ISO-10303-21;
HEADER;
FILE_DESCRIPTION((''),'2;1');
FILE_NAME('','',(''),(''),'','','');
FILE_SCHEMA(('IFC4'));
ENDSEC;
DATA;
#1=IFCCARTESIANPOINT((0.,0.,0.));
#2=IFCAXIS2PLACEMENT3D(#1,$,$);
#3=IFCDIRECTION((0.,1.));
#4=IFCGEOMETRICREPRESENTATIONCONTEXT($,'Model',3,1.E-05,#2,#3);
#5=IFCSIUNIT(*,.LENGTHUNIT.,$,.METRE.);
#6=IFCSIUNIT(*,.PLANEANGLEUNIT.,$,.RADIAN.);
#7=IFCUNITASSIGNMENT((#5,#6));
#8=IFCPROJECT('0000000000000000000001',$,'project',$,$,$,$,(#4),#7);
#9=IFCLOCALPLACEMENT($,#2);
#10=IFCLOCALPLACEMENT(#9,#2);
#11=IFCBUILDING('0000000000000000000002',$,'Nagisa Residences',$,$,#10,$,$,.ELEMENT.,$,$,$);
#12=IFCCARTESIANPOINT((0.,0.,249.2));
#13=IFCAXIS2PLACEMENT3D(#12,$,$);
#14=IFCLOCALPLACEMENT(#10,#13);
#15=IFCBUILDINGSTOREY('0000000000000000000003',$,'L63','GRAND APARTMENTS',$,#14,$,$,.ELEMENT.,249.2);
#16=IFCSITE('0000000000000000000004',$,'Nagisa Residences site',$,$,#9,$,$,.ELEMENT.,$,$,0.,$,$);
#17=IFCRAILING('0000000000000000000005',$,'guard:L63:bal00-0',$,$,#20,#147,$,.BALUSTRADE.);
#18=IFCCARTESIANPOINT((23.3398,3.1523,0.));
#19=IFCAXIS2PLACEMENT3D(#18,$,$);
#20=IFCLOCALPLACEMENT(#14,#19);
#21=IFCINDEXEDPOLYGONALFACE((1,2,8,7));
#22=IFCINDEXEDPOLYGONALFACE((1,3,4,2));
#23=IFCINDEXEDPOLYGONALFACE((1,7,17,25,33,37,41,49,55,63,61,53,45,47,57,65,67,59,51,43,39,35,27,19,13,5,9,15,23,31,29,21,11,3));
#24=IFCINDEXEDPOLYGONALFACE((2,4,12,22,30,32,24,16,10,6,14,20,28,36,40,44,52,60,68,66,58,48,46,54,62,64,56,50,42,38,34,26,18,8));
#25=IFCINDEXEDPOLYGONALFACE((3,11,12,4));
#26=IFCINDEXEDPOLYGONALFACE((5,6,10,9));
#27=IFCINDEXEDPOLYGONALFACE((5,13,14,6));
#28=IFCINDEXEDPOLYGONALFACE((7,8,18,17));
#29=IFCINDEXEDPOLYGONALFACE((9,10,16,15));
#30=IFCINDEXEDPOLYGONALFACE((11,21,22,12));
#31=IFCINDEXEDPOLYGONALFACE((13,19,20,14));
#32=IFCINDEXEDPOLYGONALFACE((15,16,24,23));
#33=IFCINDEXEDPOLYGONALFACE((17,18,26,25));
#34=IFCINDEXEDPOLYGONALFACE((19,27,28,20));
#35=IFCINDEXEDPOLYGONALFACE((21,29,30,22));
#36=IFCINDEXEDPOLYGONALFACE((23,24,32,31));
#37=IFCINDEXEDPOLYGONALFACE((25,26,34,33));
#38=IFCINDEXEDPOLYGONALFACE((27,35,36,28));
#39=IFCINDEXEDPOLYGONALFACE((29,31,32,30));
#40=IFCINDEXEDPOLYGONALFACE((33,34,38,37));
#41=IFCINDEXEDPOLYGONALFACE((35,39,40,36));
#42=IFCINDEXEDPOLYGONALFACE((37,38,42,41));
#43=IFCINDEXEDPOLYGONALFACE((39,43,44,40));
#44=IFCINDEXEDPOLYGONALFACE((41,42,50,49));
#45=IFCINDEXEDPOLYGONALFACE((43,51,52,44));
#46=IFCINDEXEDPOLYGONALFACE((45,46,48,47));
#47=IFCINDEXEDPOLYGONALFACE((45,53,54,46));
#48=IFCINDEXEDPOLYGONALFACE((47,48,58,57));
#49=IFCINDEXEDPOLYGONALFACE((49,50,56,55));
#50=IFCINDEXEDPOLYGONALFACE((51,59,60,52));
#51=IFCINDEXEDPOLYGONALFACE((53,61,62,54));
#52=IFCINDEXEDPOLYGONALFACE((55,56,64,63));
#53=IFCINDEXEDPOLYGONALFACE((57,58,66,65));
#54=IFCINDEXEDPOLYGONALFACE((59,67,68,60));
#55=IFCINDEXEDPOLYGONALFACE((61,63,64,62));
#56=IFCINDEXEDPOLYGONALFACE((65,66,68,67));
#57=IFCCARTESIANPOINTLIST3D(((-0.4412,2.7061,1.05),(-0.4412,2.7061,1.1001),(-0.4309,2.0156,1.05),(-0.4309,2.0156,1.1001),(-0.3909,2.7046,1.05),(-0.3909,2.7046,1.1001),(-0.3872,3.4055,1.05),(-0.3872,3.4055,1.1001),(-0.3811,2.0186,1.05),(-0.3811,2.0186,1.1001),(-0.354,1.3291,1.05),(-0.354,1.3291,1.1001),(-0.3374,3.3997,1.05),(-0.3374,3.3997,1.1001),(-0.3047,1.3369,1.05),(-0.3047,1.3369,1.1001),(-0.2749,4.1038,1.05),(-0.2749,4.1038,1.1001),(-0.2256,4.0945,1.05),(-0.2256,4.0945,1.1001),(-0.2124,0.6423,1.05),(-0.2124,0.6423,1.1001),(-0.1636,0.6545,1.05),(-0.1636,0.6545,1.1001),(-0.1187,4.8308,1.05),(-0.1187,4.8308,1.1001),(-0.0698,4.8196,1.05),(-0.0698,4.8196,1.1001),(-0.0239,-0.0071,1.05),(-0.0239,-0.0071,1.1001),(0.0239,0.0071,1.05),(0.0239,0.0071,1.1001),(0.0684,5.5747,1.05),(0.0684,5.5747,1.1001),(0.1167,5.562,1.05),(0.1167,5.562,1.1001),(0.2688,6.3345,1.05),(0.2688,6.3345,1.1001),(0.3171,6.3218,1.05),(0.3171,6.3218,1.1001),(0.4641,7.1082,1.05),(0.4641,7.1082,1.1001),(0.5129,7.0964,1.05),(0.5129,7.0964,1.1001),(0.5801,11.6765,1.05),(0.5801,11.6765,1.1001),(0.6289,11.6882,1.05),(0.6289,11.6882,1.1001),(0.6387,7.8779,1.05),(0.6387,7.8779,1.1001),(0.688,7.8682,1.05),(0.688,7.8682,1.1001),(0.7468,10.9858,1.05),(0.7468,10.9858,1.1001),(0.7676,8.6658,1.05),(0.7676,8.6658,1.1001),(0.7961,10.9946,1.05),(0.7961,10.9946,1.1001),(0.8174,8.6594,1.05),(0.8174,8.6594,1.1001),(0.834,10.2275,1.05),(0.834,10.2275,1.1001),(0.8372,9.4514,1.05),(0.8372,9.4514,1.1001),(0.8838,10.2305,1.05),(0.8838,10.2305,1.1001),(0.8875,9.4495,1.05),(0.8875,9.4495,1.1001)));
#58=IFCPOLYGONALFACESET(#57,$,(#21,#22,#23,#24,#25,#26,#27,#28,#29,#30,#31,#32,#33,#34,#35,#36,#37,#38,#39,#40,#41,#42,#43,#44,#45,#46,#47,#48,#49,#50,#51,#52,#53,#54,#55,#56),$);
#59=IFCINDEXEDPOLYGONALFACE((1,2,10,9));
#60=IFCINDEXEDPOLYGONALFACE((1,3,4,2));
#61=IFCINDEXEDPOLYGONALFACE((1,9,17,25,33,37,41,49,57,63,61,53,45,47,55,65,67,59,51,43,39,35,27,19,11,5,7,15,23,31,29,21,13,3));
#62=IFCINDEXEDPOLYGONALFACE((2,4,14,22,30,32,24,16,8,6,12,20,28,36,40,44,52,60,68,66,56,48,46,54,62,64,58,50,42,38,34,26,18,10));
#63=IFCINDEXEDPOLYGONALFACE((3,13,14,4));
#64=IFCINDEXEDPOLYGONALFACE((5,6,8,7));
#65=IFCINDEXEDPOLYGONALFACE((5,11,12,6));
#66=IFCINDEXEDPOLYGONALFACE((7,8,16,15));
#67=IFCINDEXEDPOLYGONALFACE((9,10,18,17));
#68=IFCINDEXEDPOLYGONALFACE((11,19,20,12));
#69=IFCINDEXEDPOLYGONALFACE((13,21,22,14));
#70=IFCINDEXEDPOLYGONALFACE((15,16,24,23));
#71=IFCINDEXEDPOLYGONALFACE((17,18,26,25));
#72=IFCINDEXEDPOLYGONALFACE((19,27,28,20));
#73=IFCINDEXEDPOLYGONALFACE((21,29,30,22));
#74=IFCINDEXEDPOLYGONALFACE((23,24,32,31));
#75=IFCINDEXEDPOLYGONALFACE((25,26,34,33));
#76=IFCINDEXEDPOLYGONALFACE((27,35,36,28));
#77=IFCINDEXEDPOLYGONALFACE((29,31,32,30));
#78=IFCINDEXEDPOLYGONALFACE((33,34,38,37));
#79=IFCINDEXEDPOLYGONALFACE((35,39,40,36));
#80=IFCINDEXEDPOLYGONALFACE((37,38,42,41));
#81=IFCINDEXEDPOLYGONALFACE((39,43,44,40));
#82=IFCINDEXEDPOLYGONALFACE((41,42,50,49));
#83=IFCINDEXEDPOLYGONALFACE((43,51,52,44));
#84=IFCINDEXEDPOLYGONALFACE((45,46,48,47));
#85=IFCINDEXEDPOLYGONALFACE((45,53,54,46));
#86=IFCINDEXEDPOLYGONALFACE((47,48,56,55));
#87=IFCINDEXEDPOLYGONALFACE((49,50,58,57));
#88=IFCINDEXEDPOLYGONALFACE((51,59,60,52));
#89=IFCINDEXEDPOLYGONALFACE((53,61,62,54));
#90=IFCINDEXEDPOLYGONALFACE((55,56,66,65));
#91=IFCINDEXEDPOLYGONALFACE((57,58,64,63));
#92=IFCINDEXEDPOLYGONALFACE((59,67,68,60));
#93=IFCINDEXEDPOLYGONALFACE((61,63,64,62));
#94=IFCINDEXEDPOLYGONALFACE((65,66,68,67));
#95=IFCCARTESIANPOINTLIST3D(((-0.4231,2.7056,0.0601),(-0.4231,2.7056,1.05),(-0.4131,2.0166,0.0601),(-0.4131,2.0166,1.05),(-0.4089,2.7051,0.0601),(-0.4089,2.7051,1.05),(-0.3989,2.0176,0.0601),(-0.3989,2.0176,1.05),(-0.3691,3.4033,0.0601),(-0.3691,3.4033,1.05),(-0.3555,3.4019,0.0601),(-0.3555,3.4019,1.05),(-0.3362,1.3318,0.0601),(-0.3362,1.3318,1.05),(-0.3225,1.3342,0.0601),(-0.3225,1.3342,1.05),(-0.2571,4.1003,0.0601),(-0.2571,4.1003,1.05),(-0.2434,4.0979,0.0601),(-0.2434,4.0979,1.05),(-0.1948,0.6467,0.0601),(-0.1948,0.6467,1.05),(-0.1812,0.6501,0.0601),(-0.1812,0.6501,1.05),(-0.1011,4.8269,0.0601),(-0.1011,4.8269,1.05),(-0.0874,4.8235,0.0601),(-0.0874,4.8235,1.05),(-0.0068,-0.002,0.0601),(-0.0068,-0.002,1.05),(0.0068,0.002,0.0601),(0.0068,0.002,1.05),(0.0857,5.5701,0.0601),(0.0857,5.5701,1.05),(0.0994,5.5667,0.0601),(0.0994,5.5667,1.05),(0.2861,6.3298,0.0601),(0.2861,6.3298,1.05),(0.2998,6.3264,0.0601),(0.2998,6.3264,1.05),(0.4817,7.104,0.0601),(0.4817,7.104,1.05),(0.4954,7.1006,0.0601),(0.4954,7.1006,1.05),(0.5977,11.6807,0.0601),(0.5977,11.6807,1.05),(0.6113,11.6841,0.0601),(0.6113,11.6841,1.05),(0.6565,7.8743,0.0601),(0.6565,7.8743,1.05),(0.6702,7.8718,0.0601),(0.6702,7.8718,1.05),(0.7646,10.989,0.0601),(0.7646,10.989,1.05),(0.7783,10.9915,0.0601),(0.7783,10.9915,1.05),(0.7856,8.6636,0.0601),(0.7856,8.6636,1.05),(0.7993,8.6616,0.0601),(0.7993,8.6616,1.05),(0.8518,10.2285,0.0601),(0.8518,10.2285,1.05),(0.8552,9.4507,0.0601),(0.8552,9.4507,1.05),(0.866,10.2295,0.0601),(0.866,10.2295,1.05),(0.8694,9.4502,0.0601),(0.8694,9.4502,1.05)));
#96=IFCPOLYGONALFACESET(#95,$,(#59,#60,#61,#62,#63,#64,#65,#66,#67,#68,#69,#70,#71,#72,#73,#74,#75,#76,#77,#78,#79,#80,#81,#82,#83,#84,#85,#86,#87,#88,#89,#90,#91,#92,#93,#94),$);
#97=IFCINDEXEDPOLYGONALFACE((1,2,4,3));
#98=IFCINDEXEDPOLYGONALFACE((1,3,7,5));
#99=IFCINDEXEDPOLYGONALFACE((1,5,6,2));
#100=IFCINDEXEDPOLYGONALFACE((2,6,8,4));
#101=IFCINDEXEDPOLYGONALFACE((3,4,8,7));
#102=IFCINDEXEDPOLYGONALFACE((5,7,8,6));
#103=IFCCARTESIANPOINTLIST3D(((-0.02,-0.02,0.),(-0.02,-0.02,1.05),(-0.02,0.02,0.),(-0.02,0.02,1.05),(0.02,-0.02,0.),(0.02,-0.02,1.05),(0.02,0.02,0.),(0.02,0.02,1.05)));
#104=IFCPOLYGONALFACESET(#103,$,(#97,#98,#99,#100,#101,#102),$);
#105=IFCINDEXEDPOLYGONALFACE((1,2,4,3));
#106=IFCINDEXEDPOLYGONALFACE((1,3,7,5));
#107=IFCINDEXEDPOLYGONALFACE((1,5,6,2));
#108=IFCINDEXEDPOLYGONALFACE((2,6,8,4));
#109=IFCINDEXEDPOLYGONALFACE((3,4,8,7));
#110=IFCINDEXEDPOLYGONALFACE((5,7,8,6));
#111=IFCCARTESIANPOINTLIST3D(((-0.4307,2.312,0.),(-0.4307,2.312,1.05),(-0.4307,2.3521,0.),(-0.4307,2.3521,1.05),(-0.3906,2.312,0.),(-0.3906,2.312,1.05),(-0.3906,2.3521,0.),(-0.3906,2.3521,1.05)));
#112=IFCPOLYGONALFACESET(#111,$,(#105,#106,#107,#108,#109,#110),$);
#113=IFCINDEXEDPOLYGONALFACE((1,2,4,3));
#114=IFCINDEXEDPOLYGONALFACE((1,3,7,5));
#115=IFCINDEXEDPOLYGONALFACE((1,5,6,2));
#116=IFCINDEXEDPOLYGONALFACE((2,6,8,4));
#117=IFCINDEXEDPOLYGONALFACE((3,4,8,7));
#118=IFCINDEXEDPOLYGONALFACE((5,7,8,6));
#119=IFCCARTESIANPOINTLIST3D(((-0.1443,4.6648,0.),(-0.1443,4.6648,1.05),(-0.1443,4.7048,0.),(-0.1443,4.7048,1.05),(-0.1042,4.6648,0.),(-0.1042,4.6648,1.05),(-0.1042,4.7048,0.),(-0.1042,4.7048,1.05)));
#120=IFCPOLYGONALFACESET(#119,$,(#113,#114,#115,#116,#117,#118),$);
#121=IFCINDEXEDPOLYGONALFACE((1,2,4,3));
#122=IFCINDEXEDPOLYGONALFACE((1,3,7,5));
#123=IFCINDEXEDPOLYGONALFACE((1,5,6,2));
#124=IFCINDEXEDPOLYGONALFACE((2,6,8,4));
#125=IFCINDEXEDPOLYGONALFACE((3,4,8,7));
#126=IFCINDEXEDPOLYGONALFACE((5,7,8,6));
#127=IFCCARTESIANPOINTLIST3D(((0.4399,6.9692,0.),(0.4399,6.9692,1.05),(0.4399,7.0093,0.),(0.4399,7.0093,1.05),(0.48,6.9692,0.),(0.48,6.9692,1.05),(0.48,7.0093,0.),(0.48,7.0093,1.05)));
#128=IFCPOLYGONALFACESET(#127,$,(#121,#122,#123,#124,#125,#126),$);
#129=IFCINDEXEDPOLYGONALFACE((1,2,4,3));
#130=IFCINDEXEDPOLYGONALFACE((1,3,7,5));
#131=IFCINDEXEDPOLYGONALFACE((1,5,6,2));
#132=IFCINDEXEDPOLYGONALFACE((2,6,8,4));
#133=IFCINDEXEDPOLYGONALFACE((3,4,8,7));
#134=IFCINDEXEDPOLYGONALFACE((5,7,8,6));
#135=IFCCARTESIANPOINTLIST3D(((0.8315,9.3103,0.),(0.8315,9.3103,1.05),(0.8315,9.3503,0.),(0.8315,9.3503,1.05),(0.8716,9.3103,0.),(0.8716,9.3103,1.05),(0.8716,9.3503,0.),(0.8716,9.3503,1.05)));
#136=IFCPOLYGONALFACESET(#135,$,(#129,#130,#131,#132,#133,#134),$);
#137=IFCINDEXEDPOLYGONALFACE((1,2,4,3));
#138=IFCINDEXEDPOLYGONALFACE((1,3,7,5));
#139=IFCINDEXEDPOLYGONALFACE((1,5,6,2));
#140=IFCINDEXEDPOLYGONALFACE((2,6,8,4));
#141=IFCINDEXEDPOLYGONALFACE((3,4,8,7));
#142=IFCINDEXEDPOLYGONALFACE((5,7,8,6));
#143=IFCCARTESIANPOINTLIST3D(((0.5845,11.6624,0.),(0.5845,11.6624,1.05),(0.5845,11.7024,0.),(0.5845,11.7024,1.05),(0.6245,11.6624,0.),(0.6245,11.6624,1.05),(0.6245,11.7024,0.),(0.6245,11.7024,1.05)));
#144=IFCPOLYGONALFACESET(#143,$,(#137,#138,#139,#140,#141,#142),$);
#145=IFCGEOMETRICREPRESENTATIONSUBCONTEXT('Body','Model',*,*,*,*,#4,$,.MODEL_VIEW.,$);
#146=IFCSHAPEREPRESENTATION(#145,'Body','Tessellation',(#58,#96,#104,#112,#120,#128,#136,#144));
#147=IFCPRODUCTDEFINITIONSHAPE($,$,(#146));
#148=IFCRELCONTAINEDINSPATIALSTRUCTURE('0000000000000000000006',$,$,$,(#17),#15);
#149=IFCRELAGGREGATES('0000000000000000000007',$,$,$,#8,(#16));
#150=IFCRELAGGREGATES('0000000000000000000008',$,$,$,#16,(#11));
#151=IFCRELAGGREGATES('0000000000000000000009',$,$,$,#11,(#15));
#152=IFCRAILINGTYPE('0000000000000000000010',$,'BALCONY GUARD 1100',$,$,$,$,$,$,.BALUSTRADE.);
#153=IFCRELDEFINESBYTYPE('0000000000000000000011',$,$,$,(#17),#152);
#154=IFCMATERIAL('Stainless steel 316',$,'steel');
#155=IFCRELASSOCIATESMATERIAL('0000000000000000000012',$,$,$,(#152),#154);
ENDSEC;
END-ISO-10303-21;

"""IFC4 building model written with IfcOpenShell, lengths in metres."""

from ifc_helpers import new_model, si_unit, direction, frame, origin, origin_2d, place, context, subcontext, project, spatial, polyline, rectangle, outline, extrude, material, type_object, element, save


model = new_model("IFC4")

# Units and contexts
model_context = context("Model", 3, precision=1e-05, world=origin(), true_north=direction((0.0, 1.0)))
body_context = subcontext(model_context, "Body", "Model", "MODEL_VIEW")
ifc_project = project(units=[si_unit("LENGTHUNIT", "METRE"), si_unit("PLANEANGLEUNIT", "RADIAN")], contexts=[model_context])

# Site, building, storey
site_placement = place(None, origin())
site = spatial("IfcSite", under=ifc_project, at=site_placement, Name="Nagisa Residences site", CompositionType="ELEMENT", RefElevation=0.0)
building_placement = place(site_placement, origin())
building = spatial("IfcBuilding", under=site, at=building_placement, Name="Nagisa Residences", CompositionType="ELEMENT")
storey_placement = place(building_placement, frame((0.0, 0.0, 249.2)))
storey = spatial("IfcBuildingStorey", under=building, at=storey_placement, Name="L63", Description="GRAND APARTMENTS", CompositionType="ELEMENT", Elevation=249.2)

# Railing
ifc_material_1 = material(Name="Stainless steel 316", Category="steel")
railing_type = type_object("IfcRailingType", Name="BALCONY GUARD 1100", PredefinedType="BALUSTRADE", material=ifc_material_1)
railing_placement = place(storey_placement, frame((23.3398, 3.1523, 0.0)))
element("IfcRailing", 1, at=railing_placement, inside=storey, type_object=railing_type, Name="guard:L63:bal00-0", PredefinedType="BALUSTRADE", context=body_context, shape_type="SweptSolid", body=[
    extrude(outline(polyline([(-0.2124, 0.6423), (-0.0239, -0.0071), (0.0239, 0.0071), (-0.1636, 0.6545), (-0.3047, 1.3369), (-0.3811, 2.0186), (-0.3909, 2.7046), (-0.3374, 3.3997), (-0.2256, 4.0945), (-0.0698, 4.8196), (0.1167, 5.562), (0.3171, 6.3218), (0.5129, 7.0964), (0.688, 7.8682), (0.8174, 8.6594), (0.8875, 9.4495), (0.8838, 10.2305), (0.7961, 10.9946), (0.6289, 11.6882), (0.5801, 11.6765), (0.7468, 10.9858), (0.834, 10.2275), (0.8372, 9.4514), (0.7676, 8.6658), (0.6387, 7.8779), (0.4641, 7.1082), (0.2688, 6.3345), (0.0684, 5.5747), (-0.1187, 4.8308), (-0.2749, 4.1038), (-0.3872, 3.4055), (-0.4412, 2.7061), (-0.4309, 2.0156), (-0.354, 1.3291), (-0.2124, 0.6423)])), frame((0.0, 0.0, 1.05)), (0.0, 0.0, 1.0), 0.05),
    extrude(outline(polyline([(-0.1948, 0.6467), (-0.0068, -0.002), (0.0068, 0.002), (-0.1812, 0.6501), (-0.3225, 1.3342), (-0.3989, 2.0176), (-0.4089, 2.7051), (-0.3555, 3.4019), (-0.2434, 4.0979), (-0.0874, 4.8235), (0.0994, 5.5667), (0.2998, 6.3264), (0.4954, 7.1006), (0.6702, 7.8718), (0.7993, 8.6616), (0.8694, 9.4502), (0.866, 10.2295), (0.7783, 10.9915), (0.6113, 11.6841), (0.5977, 11.6807), (0.7646, 10.989), (0.8518, 10.2285), (0.8552, 9.4507), (0.7856, 8.6636), (0.6565, 7.8743), (0.4817, 7.104), (0.2861, 6.3298), (0.0857, 5.5701), (-0.1011, 4.8269), (-0.2571, 4.1003), (-0.3691, 3.4033), (-0.4231, 2.7056), (-0.4131, 2.0166), (-0.3362, 1.3318), (-0.1948, 0.6467)])), frame((0.0, 0.0, 0.0601)), (0.0, 0.0, 1.0), 0.99),
    extrude(rectangle(XDim=0.04, YDim=0.04, at=origin_2d()), origin(), (0.0, 0.0, 1.0), 1.05),
    extrude(rectangle(XDim=0.04, YDim=0.04, at=origin_2d()), frame((-0.4106, 2.332, 0.0)), (0.0, 0.0, 1.0), 1.05),
    extrude(rectangle(XDim=0.04, YDim=0.04, at=origin_2d()), frame((-0.1243, 4.6848, 0.0)), (0.0, 0.0, 1.0), 1.05),
    extrude(rectangle(XDim=0.04, YDim=0.04, at=origin_2d()), frame((0.46, 6.9893, 0.0)), (0.0, 0.0, 1.0), 1.05),
    extrude(rectangle(XDim=0.04, YDim=0.04, at=origin_2d()), frame((0.8516, 9.3303, 0.0)), (0.0, 0.0, 1.0), 1.05),
    extrude(rectangle(XDim=0.04, YDim=0.04, at=origin_2d()), frame((0.6045, 11.6824, 0.0)), (0.0, 0.0, 1.0), 1.05),
])

save(model, "model.ifc")
